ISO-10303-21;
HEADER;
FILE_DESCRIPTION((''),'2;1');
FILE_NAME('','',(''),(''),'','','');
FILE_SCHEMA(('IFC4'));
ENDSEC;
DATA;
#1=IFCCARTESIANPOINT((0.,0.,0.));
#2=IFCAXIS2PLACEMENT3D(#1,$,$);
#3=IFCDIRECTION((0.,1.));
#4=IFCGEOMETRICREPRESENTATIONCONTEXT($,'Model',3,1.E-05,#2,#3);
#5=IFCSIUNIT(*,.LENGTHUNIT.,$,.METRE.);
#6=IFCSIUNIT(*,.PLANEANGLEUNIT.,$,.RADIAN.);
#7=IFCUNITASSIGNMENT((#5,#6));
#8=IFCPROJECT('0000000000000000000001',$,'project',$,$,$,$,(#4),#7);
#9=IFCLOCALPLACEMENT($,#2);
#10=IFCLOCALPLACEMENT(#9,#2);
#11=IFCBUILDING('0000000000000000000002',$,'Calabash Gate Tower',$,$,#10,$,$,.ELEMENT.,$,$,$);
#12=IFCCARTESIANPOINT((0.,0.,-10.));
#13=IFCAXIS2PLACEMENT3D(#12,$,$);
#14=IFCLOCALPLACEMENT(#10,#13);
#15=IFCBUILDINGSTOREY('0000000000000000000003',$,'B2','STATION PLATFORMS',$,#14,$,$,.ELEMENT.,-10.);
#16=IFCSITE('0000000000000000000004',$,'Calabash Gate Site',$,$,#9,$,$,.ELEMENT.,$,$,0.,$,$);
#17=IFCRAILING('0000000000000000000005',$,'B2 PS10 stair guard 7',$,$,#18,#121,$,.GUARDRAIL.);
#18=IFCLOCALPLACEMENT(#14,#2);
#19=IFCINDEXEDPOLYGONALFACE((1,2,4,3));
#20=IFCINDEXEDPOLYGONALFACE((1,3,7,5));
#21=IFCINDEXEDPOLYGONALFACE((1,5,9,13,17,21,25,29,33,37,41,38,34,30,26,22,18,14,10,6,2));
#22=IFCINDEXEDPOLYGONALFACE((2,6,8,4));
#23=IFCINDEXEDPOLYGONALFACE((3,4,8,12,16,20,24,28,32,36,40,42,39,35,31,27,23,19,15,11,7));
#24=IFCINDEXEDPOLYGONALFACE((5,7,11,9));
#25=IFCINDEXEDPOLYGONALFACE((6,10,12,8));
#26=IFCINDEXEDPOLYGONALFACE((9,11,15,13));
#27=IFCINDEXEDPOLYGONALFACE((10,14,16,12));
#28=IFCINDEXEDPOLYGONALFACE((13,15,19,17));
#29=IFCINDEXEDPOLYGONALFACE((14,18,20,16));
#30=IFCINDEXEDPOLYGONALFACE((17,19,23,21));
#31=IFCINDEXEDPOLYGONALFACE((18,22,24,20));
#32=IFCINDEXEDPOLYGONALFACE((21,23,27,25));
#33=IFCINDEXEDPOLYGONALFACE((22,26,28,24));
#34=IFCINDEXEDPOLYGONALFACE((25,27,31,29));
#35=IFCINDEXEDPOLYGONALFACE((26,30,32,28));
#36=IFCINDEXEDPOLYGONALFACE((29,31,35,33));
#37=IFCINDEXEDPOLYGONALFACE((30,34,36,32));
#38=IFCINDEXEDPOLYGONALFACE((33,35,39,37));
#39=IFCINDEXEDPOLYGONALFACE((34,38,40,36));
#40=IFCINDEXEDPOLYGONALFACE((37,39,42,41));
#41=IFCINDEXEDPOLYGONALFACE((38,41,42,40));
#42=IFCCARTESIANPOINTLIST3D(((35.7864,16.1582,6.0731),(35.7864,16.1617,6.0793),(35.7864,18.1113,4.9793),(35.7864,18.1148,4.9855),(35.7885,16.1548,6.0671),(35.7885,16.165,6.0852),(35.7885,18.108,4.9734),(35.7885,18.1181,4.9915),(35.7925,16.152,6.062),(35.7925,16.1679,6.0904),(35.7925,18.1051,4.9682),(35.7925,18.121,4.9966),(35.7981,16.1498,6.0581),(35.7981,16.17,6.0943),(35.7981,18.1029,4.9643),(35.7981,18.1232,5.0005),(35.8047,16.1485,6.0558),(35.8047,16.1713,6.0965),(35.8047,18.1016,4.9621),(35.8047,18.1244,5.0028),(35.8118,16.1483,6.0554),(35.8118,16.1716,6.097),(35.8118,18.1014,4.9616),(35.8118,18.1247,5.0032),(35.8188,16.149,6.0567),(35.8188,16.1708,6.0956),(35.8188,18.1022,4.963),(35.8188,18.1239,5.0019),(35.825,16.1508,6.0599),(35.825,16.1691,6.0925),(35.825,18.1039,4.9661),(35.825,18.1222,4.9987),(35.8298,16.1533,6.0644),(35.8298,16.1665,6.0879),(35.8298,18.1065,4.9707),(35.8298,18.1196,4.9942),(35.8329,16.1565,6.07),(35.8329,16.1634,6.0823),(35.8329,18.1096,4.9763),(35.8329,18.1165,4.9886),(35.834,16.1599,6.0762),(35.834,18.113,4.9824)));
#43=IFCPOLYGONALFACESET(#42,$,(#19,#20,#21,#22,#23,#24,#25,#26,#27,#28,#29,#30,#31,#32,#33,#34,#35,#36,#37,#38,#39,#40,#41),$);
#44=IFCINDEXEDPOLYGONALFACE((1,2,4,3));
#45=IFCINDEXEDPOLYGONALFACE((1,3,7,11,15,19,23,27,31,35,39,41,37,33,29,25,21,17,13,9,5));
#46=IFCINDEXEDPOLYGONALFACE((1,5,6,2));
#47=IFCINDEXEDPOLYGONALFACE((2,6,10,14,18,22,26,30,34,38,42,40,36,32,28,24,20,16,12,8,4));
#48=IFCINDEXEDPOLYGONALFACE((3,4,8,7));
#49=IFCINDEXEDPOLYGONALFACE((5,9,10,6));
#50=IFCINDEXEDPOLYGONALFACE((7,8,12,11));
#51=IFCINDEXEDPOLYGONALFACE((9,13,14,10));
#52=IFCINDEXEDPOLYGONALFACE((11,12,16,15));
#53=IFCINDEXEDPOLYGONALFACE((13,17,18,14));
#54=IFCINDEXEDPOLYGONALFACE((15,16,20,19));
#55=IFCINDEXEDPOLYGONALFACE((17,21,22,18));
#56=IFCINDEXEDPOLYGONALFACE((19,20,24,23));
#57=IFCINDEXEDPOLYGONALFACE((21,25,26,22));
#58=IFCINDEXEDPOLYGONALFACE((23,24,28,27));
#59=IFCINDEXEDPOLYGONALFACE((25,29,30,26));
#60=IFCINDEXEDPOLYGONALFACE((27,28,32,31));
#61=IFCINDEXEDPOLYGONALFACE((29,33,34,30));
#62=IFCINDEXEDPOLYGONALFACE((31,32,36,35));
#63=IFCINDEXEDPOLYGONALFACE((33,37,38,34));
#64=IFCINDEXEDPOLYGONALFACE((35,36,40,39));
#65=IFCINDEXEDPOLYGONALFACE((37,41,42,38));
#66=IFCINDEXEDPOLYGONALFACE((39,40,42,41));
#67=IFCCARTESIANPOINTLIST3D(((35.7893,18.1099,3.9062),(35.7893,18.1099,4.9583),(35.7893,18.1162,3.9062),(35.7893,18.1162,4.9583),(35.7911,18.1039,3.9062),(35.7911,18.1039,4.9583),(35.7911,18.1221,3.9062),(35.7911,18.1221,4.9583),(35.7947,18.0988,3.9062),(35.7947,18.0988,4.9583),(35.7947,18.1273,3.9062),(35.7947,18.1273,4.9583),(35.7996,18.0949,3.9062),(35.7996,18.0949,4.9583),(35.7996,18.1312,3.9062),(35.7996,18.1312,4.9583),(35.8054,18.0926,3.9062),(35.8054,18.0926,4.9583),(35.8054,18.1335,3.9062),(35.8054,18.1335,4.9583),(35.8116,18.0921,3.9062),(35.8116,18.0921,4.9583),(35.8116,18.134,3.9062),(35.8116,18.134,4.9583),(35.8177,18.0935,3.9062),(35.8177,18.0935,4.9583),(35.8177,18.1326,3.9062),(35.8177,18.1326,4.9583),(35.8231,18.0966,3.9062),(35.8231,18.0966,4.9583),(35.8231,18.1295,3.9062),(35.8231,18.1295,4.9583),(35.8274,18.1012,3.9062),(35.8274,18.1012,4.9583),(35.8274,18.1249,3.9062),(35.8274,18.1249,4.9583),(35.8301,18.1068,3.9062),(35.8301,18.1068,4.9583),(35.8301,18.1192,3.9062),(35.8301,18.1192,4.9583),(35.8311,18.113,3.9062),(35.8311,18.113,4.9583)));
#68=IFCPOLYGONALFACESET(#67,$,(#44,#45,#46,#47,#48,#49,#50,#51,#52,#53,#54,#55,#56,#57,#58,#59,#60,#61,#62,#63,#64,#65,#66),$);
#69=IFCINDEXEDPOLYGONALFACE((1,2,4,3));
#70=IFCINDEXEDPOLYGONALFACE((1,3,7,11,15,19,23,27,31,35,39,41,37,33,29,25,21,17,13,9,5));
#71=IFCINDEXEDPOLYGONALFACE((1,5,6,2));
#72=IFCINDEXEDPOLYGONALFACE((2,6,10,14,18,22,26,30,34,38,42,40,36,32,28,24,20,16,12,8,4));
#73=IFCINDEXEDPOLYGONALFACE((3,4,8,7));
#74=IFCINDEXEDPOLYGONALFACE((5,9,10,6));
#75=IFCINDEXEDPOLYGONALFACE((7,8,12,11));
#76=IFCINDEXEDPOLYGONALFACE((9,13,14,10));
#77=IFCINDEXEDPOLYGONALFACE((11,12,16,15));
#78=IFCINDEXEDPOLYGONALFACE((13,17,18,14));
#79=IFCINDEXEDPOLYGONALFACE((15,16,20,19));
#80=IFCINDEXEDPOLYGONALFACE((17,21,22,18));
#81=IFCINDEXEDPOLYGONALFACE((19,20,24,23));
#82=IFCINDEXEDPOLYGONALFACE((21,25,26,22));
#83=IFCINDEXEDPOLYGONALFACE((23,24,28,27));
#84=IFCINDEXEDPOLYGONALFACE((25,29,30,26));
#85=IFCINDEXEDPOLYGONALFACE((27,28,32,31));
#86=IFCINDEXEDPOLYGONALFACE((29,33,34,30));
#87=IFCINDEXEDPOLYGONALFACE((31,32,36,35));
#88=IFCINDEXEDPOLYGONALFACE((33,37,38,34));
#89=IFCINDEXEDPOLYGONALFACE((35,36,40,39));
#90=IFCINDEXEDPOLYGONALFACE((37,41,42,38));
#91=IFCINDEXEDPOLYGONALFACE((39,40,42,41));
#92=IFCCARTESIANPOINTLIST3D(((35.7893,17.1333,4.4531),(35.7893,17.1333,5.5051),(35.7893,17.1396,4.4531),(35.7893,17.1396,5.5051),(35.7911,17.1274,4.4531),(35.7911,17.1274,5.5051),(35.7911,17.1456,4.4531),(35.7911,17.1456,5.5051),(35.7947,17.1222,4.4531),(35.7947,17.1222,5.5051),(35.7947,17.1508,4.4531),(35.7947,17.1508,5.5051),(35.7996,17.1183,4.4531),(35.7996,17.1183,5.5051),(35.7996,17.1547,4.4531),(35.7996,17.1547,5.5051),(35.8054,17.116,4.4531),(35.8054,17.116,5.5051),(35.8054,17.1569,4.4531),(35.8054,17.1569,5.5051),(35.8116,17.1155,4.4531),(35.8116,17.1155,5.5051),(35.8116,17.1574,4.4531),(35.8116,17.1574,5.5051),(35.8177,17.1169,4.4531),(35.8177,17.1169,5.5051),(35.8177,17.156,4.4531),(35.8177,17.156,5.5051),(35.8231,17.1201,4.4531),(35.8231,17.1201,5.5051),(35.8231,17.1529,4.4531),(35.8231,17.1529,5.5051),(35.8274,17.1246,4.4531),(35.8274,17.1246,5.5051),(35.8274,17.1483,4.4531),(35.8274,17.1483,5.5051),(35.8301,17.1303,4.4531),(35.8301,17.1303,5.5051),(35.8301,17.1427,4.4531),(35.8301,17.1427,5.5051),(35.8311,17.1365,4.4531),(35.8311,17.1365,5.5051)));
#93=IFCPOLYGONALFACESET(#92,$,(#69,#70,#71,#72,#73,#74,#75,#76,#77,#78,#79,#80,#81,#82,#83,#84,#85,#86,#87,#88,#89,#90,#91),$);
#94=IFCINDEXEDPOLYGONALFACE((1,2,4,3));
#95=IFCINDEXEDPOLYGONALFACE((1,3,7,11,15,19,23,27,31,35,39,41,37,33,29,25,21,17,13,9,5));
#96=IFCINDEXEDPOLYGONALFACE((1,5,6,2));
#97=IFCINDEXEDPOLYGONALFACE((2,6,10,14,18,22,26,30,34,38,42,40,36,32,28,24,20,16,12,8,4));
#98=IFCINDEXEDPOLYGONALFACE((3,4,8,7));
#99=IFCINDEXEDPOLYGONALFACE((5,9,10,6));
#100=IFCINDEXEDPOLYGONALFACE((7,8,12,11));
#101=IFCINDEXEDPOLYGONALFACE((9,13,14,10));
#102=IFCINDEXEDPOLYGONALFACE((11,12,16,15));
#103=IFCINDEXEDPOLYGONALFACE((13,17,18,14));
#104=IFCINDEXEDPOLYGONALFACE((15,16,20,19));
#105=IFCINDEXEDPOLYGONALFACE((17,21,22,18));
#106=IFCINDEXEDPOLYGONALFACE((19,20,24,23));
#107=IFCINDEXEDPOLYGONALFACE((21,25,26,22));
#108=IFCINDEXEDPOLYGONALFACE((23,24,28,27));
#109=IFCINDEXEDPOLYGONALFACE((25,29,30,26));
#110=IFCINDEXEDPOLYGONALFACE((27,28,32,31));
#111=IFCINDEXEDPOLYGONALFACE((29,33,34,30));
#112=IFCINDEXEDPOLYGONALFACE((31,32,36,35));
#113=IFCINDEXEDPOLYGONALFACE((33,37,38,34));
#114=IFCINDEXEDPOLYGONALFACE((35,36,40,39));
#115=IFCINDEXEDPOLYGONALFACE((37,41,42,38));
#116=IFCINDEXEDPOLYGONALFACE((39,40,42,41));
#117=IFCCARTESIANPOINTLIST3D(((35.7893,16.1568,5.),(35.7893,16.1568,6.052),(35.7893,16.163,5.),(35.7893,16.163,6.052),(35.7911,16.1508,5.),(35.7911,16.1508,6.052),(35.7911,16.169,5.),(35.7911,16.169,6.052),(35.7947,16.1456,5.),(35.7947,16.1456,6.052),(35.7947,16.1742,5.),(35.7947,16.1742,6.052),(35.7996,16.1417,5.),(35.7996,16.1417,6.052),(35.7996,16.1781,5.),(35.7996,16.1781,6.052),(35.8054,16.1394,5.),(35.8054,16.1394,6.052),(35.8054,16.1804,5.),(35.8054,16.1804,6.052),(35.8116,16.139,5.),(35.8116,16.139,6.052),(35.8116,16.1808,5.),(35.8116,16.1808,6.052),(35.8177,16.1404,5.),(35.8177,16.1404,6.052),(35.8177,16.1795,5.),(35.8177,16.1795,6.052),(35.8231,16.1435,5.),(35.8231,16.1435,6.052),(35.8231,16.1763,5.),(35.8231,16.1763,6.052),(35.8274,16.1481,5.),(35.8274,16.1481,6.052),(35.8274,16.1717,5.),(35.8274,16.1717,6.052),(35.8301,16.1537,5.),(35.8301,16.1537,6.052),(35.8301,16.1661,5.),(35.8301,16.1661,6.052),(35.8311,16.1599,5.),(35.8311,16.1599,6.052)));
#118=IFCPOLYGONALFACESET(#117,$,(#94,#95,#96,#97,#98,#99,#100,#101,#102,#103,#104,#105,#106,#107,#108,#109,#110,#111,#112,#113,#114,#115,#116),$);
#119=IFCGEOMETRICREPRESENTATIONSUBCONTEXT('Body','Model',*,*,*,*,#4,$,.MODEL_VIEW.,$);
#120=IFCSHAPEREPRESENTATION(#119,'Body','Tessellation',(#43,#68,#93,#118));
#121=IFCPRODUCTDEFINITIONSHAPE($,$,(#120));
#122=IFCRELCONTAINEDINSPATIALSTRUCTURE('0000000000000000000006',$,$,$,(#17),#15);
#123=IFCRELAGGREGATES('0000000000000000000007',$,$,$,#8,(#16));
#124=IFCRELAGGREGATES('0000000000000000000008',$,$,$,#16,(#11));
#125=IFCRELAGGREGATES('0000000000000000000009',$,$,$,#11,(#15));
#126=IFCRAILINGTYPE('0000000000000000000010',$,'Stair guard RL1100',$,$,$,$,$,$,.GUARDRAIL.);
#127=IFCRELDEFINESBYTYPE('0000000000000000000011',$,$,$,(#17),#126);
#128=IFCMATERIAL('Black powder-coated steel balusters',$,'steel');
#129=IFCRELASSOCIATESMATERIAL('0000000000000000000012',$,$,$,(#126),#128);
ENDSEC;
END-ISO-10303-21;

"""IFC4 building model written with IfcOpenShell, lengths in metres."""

from ifc_helpers import new_model, si_unit, direction, frame, origin, origin_2d, place, context, subcontext, project, spatial, circle, extrude, material, type_object, element, save


model = new_model("IFC4")

# Units and contexts
model_context = context("Model", 3, precision=1e-05, world=origin(), true_north=direction((0.0, 1.0)))
body_context = subcontext(model_context, "Body", "Model", "MODEL_VIEW")
ifc_project = project(units=[si_unit("LENGTHUNIT", "METRE"), si_unit("PLANEANGLEUNIT", "RADIAN")], contexts=[model_context])

# Site, building, storey
site_placement = place(None, origin())
site = spatial("IfcSite", under=ifc_project, at=site_placement, Name="Calabash Gate Site", CompositionType="ELEMENT", RefElevation=0.0)
building_placement = place(site_placement, origin())
building = spatial("IfcBuilding", under=site, at=building_placement, Name="Calabash Gate Tower", CompositionType="ELEMENT")
storey_placement = place(building_placement, frame((0.0, 0.0, -10.0)))
storey = spatial("IfcBuildingStorey", under=building, at=storey_placement, Name="B2", Description="STATION PLATFORMS", CompositionType="ELEMENT", Elevation=-10.0)

# Railing
ifc_material_1 = material(Name="Black powder-coated steel balusters", Category="steel")
railing_type_1 = type_object("IfcRailingType", Name="Stair guard RL1100", PredefinedType="GUARDRAIL", material=ifc_material_1)
railing_1_placement = place(storey_placement, frame((35.8101, 18.113, 3.9062)))
element("IfcRailing", 1, at=railing_1_placement, inside=storey, type_object=railing_type_1, Name="B2 PS10 stair guard 7", PredefinedType="GUARDRAIL", context=body_context, shape_type="SweptSolid", body=[
    extrude(circle(Radius=0.0239, at=origin_2d()), frame((0.0, 0.0, 1.0762), z_axis=(0.0, -0.872506, 0.488603), x_axis=(1.0, 0.0, 0.0)), (0.0, 0.0, 1.0), 2.2385),
    extrude(circle(Radius=0.021, at=origin_2d()), origin(), (0.0, 0.0, 1.0), 1.052),
    extrude(circle(Radius=0.021, at=origin_2d()), frame((0.0, -0.9766, 0.5469)), (0.0, 0.0, 1.0), 1.052),
    extrude(circle(Radius=0.021, at=origin_2d()), frame((0.0, -1.9531, 1.0938)), (0.0, 0.0, 1.0), 1.052),
])

save(model, "model.ifc")
